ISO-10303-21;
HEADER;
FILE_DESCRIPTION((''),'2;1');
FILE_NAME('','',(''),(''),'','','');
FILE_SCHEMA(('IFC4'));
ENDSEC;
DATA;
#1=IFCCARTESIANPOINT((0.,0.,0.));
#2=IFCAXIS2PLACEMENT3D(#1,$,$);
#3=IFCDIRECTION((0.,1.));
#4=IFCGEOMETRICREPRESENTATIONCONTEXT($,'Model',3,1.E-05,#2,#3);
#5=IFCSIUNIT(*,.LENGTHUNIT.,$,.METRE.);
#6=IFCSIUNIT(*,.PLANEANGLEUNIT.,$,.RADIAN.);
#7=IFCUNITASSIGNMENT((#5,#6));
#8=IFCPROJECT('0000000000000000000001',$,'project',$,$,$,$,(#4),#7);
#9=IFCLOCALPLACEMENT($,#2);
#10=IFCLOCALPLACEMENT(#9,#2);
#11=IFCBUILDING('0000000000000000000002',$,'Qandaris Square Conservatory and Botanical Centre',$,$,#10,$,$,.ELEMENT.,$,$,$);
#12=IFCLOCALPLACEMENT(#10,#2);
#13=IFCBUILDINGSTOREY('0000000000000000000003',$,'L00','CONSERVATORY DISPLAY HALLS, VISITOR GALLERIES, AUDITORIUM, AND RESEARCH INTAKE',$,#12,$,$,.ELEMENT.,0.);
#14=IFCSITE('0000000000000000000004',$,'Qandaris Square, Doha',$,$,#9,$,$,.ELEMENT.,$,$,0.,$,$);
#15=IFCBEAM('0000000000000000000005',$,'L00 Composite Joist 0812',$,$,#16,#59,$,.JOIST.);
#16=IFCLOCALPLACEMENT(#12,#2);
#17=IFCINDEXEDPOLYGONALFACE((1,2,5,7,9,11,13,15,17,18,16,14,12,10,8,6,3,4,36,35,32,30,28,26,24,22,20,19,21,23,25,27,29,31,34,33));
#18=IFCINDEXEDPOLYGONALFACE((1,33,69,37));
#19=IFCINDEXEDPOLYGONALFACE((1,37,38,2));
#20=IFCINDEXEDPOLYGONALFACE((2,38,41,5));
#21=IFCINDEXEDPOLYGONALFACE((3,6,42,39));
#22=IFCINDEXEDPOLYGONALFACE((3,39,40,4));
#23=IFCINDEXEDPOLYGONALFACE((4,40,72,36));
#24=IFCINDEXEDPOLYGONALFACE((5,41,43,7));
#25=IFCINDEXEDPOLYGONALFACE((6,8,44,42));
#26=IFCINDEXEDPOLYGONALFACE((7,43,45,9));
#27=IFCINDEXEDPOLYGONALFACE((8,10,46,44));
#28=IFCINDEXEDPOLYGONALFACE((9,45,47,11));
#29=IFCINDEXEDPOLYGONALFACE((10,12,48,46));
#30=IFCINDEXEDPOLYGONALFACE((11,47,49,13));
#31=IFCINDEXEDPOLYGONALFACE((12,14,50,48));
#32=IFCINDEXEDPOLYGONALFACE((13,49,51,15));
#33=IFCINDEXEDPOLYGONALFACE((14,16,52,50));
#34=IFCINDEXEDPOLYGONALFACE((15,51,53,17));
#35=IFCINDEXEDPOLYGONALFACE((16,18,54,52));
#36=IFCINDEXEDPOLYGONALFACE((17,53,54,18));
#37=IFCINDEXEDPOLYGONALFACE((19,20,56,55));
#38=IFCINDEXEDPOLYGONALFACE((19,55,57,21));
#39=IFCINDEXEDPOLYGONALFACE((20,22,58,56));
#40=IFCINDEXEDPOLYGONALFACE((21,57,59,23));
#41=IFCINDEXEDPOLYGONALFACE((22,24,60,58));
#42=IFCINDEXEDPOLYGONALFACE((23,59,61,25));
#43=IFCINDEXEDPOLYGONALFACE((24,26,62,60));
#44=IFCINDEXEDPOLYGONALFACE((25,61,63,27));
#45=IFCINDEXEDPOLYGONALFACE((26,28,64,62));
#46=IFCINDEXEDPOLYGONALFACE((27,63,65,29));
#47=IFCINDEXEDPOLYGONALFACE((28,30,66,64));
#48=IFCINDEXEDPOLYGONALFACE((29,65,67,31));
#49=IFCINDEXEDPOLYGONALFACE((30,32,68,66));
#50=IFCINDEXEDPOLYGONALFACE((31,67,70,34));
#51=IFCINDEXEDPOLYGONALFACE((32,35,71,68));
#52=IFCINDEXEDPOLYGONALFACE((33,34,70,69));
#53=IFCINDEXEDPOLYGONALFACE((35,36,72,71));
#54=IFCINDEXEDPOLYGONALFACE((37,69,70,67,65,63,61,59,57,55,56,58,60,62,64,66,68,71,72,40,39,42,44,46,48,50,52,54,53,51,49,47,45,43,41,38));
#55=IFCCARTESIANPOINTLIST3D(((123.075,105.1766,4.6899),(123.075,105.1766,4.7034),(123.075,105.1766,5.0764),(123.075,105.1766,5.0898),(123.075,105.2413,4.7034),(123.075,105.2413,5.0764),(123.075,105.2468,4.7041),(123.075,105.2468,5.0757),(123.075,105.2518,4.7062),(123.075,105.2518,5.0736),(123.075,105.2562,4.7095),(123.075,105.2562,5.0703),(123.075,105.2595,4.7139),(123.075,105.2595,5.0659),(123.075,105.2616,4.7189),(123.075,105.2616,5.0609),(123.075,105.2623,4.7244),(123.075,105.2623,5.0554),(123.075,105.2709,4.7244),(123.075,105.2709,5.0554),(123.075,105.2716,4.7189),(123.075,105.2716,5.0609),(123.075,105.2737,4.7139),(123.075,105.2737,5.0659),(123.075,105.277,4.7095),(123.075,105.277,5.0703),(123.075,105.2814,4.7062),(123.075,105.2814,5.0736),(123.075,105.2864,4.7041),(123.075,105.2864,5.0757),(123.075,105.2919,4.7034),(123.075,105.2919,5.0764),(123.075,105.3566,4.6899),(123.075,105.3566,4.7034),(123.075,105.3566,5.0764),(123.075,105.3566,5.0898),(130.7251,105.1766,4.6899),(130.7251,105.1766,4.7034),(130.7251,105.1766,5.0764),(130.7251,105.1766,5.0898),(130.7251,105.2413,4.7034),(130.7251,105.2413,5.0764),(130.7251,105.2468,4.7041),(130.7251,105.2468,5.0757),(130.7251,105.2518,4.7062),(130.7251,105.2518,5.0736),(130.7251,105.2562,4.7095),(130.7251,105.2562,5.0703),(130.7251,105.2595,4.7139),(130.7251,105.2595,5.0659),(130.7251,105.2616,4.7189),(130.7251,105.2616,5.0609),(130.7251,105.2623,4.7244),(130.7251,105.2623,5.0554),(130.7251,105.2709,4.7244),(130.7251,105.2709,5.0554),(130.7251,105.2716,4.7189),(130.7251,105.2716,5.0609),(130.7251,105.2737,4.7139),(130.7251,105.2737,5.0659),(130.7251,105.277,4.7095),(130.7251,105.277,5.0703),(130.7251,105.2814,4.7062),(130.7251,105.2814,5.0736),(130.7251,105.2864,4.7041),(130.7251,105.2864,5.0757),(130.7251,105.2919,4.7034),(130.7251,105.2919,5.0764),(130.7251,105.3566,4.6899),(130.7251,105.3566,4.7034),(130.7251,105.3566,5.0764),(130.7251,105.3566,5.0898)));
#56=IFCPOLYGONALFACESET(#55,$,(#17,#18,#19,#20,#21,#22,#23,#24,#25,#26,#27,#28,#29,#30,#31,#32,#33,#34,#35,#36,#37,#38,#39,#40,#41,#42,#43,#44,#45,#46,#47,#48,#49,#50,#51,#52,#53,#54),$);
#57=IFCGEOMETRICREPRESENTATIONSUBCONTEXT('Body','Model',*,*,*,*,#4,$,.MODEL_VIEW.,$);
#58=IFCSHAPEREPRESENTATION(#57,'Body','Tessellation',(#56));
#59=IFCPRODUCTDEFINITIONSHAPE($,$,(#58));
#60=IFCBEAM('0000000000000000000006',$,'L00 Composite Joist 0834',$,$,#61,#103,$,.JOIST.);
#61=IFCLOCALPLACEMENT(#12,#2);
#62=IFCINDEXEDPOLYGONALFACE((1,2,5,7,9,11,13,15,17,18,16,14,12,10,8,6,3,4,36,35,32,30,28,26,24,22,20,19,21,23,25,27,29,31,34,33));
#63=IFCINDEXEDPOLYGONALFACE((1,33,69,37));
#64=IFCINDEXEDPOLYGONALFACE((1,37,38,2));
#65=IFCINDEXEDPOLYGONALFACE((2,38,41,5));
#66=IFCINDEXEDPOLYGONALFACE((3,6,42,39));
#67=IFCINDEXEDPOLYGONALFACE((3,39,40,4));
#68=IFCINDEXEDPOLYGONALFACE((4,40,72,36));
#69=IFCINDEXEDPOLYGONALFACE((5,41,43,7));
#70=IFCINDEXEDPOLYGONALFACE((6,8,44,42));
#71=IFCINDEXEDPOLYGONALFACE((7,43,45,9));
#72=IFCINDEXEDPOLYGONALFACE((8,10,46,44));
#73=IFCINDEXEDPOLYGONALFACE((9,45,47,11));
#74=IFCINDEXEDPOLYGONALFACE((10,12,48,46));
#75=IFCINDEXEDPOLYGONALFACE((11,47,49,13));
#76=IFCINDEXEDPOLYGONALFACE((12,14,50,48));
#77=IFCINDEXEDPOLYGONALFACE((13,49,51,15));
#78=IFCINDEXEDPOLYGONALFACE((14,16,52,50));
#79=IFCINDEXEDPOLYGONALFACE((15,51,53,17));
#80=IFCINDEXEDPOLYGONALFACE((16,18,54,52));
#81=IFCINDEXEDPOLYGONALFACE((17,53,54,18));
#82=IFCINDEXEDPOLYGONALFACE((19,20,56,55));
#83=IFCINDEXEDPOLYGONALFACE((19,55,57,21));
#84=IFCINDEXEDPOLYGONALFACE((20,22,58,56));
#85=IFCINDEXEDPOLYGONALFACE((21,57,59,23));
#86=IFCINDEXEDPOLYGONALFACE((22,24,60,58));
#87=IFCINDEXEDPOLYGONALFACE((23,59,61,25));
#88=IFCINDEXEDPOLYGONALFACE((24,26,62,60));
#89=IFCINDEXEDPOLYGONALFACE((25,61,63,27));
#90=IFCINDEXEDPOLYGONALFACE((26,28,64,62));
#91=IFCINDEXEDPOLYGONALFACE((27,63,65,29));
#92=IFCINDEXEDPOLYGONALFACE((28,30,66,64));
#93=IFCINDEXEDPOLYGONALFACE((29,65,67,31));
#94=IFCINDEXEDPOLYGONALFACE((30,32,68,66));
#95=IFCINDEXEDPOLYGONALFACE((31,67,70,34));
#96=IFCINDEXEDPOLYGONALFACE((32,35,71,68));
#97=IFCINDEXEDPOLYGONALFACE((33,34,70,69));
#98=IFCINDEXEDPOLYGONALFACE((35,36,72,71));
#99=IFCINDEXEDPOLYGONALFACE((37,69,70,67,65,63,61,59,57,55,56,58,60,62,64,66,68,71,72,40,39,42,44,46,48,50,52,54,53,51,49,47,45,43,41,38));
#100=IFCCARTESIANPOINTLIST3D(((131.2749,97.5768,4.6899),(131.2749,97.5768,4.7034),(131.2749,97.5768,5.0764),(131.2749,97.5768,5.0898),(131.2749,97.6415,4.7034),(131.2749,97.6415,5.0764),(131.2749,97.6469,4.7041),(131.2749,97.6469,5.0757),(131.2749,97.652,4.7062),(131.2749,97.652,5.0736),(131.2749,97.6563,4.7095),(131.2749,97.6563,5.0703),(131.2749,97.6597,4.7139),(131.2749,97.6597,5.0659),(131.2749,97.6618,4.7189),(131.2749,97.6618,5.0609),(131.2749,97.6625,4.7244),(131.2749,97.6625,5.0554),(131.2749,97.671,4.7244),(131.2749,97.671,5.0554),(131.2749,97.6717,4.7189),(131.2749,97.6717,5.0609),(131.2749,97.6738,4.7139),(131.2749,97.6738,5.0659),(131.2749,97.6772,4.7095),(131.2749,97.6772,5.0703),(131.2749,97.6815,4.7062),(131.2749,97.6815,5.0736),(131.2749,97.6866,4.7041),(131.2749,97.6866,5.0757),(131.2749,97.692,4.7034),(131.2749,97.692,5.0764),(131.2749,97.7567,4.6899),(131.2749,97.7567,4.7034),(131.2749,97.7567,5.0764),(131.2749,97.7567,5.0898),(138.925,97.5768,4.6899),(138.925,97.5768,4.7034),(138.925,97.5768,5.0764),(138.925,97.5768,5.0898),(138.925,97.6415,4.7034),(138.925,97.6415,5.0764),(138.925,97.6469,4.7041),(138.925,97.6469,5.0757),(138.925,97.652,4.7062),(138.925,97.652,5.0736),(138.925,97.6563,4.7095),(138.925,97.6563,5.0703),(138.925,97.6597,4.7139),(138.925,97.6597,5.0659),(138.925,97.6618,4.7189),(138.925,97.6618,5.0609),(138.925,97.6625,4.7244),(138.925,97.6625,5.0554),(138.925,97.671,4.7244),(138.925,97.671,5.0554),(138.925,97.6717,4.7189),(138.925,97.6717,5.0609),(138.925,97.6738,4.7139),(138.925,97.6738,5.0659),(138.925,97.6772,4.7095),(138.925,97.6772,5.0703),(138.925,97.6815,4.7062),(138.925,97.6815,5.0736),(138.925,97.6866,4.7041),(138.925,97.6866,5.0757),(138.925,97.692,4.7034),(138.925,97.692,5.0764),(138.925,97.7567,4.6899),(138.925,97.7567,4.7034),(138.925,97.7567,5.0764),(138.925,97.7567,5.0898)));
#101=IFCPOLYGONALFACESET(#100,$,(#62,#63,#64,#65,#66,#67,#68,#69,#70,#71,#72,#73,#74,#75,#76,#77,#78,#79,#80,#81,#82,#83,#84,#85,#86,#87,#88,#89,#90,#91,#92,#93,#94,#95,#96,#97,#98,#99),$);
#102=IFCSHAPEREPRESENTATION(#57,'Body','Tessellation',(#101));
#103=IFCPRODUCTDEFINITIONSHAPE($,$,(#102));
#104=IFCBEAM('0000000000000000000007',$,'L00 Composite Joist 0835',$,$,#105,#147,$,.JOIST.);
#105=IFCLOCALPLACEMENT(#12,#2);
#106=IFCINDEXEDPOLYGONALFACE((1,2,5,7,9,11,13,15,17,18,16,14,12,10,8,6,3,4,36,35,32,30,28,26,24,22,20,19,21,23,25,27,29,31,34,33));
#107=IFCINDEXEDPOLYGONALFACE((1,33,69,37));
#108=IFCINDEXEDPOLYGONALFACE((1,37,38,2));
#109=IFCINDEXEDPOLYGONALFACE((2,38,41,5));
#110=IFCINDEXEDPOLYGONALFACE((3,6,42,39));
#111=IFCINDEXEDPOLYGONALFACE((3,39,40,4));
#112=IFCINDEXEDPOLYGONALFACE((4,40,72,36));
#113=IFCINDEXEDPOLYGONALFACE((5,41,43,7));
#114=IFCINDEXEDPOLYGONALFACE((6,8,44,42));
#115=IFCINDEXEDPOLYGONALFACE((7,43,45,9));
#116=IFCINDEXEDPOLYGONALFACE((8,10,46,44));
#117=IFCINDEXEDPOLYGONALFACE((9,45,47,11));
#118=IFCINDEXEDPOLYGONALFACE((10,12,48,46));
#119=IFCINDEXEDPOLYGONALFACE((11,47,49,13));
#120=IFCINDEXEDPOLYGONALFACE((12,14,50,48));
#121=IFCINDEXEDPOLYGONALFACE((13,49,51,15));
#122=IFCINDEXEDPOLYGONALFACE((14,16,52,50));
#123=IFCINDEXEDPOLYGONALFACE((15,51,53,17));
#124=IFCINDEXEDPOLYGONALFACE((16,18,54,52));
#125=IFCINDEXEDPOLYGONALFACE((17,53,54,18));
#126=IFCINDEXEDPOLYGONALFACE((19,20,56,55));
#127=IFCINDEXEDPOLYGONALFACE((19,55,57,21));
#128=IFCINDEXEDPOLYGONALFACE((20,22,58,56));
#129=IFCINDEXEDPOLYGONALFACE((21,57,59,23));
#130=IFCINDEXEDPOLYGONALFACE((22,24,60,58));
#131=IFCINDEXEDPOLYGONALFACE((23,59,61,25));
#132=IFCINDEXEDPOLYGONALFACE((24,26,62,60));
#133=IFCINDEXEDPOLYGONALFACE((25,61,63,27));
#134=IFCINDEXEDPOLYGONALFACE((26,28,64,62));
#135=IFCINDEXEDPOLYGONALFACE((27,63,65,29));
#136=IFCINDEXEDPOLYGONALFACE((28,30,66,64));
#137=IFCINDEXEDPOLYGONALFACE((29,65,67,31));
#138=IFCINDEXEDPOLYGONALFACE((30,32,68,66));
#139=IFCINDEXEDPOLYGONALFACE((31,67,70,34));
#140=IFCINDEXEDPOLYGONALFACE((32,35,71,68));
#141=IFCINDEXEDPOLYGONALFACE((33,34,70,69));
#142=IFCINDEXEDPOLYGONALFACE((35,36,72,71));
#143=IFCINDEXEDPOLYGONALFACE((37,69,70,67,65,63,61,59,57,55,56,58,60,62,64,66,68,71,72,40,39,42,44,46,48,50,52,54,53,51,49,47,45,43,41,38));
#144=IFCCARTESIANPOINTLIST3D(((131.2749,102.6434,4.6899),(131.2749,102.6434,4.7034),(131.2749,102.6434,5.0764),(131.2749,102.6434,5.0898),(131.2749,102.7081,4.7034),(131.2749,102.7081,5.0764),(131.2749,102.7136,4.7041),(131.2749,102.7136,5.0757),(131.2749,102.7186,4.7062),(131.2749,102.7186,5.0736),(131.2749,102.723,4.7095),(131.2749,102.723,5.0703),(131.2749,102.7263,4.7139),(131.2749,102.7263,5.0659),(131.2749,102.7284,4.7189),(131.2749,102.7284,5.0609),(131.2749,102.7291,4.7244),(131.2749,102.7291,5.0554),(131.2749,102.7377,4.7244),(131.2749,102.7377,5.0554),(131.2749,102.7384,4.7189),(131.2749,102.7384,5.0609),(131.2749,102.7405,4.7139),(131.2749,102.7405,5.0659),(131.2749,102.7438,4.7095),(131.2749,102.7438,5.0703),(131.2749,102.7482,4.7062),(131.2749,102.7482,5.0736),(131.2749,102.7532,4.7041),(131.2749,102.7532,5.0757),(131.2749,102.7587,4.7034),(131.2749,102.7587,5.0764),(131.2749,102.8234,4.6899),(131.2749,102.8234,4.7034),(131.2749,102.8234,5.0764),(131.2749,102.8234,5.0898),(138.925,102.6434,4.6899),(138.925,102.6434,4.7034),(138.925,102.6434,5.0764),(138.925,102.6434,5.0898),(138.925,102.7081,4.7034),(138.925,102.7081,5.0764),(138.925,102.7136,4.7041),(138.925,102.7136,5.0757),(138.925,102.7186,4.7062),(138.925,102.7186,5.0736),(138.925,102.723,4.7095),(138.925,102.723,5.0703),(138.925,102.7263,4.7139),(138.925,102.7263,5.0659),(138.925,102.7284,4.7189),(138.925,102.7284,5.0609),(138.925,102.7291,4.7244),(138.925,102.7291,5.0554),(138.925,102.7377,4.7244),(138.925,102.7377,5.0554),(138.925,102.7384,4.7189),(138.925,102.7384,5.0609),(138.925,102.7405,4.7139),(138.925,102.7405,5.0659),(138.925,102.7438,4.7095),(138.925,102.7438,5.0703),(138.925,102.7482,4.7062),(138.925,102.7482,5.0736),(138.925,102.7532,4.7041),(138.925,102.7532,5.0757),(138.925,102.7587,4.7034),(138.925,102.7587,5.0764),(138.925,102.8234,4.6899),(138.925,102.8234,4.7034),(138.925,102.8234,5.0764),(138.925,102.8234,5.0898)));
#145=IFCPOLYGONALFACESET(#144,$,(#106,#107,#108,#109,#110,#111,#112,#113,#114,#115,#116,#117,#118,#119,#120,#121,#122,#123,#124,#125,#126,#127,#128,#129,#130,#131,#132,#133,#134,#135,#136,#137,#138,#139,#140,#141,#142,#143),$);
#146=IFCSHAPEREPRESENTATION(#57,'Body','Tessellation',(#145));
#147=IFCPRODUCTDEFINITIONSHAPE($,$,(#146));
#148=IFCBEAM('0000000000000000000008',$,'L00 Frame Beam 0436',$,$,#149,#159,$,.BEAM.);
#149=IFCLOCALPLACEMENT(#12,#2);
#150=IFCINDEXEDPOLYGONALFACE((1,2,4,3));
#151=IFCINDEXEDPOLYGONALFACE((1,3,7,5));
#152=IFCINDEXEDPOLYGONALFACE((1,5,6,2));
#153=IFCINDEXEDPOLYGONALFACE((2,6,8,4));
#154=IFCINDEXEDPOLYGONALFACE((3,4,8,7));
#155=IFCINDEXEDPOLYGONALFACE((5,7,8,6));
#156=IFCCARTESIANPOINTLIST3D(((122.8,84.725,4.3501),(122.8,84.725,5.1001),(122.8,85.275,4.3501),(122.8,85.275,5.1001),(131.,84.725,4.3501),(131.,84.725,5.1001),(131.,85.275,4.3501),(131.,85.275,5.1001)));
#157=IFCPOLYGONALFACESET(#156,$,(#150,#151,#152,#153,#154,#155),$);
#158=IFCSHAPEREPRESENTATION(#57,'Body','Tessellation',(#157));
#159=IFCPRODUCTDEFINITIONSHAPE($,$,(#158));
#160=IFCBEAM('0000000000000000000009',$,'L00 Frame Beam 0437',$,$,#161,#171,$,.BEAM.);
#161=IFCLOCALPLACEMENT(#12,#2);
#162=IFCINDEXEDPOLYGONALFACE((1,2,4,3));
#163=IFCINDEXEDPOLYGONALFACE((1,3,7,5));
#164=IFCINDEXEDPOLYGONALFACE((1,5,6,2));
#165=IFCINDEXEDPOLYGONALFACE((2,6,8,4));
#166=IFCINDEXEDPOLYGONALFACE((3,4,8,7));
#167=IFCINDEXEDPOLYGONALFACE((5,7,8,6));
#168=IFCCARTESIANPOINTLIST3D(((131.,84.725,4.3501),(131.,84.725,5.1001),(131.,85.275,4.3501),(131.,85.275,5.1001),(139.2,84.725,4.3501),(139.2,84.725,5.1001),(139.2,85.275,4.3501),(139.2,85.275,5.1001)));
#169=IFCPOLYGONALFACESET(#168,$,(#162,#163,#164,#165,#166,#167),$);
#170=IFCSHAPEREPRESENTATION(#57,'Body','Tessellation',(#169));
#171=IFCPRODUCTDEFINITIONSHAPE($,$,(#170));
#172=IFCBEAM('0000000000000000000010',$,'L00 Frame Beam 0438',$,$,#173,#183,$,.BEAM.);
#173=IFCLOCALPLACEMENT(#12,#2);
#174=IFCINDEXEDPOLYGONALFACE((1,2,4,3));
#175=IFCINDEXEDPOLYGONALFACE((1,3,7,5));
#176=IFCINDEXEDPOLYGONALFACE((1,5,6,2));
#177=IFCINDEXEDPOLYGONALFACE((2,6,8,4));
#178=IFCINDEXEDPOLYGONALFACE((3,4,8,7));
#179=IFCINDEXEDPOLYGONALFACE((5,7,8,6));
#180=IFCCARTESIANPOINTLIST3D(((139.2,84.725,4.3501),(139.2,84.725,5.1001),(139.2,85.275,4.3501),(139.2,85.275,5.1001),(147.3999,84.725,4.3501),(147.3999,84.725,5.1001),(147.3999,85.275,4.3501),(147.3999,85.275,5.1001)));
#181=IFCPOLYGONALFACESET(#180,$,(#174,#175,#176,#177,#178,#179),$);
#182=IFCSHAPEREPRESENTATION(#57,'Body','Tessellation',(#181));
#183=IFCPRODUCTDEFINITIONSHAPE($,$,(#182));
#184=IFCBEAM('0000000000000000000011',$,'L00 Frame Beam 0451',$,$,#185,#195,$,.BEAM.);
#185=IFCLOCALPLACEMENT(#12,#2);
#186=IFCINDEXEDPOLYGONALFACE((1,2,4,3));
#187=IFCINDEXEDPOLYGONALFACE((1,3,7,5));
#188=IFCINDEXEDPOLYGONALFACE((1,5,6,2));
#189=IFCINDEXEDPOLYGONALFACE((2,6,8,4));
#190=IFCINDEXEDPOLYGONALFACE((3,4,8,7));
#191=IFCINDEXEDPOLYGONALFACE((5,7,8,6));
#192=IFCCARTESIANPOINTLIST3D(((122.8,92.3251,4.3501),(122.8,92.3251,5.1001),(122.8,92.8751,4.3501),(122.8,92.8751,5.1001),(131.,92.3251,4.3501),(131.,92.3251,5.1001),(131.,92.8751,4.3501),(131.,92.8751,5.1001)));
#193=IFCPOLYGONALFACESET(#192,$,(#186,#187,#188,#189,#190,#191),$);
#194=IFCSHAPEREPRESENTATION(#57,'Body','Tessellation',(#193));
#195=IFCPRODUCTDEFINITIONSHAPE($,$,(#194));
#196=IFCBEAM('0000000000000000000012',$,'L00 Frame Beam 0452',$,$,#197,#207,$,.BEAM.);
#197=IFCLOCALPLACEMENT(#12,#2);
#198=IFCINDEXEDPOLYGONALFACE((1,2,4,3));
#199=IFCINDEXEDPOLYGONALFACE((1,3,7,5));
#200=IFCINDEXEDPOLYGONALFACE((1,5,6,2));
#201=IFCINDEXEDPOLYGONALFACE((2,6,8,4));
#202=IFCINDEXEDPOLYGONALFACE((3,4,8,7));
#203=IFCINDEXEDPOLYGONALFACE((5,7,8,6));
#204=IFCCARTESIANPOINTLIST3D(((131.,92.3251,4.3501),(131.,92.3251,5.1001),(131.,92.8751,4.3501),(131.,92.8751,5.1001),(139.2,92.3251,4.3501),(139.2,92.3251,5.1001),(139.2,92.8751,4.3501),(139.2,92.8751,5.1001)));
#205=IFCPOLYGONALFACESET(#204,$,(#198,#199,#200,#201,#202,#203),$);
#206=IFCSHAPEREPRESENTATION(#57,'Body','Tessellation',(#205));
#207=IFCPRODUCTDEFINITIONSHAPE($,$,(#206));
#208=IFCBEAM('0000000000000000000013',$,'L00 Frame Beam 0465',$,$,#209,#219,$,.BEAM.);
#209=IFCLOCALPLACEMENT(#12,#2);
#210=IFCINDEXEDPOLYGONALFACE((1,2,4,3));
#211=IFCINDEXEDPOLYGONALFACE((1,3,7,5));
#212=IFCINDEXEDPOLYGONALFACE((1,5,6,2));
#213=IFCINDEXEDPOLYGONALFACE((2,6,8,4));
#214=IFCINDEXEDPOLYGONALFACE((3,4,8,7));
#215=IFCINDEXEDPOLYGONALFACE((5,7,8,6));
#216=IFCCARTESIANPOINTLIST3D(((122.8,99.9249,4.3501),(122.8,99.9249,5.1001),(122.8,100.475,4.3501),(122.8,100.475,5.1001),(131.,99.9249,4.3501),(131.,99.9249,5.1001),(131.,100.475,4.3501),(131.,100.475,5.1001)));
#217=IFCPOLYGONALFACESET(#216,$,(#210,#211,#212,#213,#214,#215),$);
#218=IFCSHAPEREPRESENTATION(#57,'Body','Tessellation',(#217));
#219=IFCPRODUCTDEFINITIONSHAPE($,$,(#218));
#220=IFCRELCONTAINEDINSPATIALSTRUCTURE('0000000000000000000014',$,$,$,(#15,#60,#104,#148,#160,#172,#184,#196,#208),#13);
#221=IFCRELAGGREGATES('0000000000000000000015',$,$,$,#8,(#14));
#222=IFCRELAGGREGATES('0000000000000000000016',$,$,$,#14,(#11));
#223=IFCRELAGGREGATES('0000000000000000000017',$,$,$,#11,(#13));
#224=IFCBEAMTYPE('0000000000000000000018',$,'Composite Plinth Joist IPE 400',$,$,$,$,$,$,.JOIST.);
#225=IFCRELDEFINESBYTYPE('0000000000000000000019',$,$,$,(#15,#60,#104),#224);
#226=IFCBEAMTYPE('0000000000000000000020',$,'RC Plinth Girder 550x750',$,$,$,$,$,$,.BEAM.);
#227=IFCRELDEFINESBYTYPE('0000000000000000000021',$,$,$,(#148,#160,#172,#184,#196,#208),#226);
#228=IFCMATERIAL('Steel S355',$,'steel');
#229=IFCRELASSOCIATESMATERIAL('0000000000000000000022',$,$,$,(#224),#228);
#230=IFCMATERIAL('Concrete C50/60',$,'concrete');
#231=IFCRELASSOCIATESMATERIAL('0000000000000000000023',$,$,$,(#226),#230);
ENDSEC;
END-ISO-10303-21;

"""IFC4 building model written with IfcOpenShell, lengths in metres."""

from ifc_helpers import new_model, si_unit, direction, frame, origin, origin_2d, place, context, subcontext, project, spatial, rectangle, i_section, extrude, material, material_profile, profile_set, type_object, element, save


model = new_model("IFC4")

# Units and contexts
model_context = context("Model", 3, precision=1e-05, world=origin(), true_north=direction((0.0, 1.0)))
body_context = subcontext(model_context, "Body", "Model", "MODEL_VIEW")
ifc_project = project(units=[si_unit("LENGTHUNIT", "METRE"), si_unit("PLANEANGLEUNIT", "RADIAN")], contexts=[model_context])

# Site, building, storey
site_placement = place(None, origin())
site = spatial("IfcSite", under=ifc_project, at=site_placement, Name="Qandaris Square, Doha", CompositionType="ELEMENT", RefElevation=0.0)
building_placement = place(site_placement, origin())
building = spatial("IfcBuilding", under=site, at=building_placement, Name="Qandaris Square Conservatory and Botanical Centre", CompositionType="ELEMENT")
storey_placement = place(building_placement, origin())
storey = spatial("IfcBuildingStorey", under=building, at=storey_placement, Name="L00", Description="CONSERVATORY DISPLAY HALLS, VISITOR GALLERIES, AUDITORIUM, AND RESEARCH INTAKE", CompositionType="ELEMENT", Elevation=0.0)

# Shared definitions
ifc_material_1 = material(Name="Concrete C50/60", Category="concrete")

# Beams
ifc_material_2 = material(Name="Steel S355", Category="steel")
ifc_material_profile_1 = material_profile(ifc_material_2, i_section(OverallWidth=0.1799, OverallDepth=0.3999, WebThickness=0.0085, FlangeThickness=0.0134, FilletRadius=0.021, at=origin_2d()), Name="IPE 400")
ifc_profile_set_1 = profile_set([ifc_material_profile_1], Name="Steel S355")
beam_type_1 = type_object("IfcBeamType", Name="Composite Plinth Joist IPE 400", PredefinedType="JOIST", material=ifc_profile_set_1)
for number, where, z_axis, x_axis, name in (
    (1, (123.075, 105.2666, 4.8899), (1.0, 0.0, 0.0), (0.0, 1.0, 0.0), "L00 Composite Joist 0812"),
    (2, (131.2749, 97.6667, 4.8899), (1.0, 0.0, 0.0), (0.0, 1.0, 0.0), "L00 Composite Joist 0834"),
    (3, (131.2749, 102.7334, 4.8899), (1.0, 0.0, 0.0), (0.0, 1.0, 0.0), "L00 Composite Joist 0835"),
):
    element("IfcBeam", number, at=place(storey_placement, frame(where, z_axis=z_axis, x_axis=x_axis)), inside=storey, type_object=beam_type_1, Name=name, PredefinedType="JOIST", context=body_context, shape_type="SweptSolid", body=[
        extrude(i_section(OverallWidth=0.1799, OverallDepth=0.3999, WebThickness=0.0085, FlangeThickness=0.0134, FilletRadius=0.021, at=origin_2d()), origin(), (0.0, 0.0, 1.0), 7.6501),
    ])
ifc_material_profile_2 = material_profile(ifc_material_1, rectangle(XDim=0.55, YDim=0.75, at=origin_2d()), Name="RC-BM 550x750")
ifc_profile_set_2 = profile_set([ifc_material_profile_2], Name="Concrete C50/60")
beam_type_2 = type_object("IfcBeamType", Name="RC Plinth Girder 550x750", PredefinedType="BEAM", material=ifc_profile_set_2)
for number, where, z_axis, x_axis, name in (
    (4, (122.8, 85.0, 4.7251), (1.0, 0.0, 0.0), (0.0, 1.0, 0.0), "L00 Frame Beam 0436"),
    (5, (131.0, 85.0, 4.7251), (1.0, 0.0, 0.0), (0.0, 1.0, 0.0), "L00 Frame Beam 0437"),
    (6, (139.2, 85.0, 4.7251), (1.0, 0.0, 0.0), (0.0, 1.0, 0.0), "L00 Frame Beam 0438"),
    (7, (122.8, 92.6001, 4.7251), (1.0, 0.0, 0.0), (0.0, 1.0, 0.0), "L00 Frame Beam 0451"),
    (8, (131.0, 92.6001, 4.7251), (1.0, 0.0, 0.0), (0.0, 1.0, 0.0), "L00 Frame Beam 0452"),
    (9, (122.8, 100.2, 4.7251), (1.0, 0.0, 0.0), (0.0, 1.0, 0.0), "L00 Frame Beam 0465"),
):
    element("IfcBeam", number, at=place(storey_placement, frame(where, z_axis=z_axis, x_axis=x_axis)), inside=storey, type_object=beam_type_2, Name=name, PredefinedType="BEAM", context=body_context, shape_type="SweptSolid", body=[
        extrude(rectangle(XDim=0.55, YDim=0.75, at=origin_2d()), origin(), (0.0, 0.0, 1.0), 8.2),
    ])

save(model, "model.ifc")
